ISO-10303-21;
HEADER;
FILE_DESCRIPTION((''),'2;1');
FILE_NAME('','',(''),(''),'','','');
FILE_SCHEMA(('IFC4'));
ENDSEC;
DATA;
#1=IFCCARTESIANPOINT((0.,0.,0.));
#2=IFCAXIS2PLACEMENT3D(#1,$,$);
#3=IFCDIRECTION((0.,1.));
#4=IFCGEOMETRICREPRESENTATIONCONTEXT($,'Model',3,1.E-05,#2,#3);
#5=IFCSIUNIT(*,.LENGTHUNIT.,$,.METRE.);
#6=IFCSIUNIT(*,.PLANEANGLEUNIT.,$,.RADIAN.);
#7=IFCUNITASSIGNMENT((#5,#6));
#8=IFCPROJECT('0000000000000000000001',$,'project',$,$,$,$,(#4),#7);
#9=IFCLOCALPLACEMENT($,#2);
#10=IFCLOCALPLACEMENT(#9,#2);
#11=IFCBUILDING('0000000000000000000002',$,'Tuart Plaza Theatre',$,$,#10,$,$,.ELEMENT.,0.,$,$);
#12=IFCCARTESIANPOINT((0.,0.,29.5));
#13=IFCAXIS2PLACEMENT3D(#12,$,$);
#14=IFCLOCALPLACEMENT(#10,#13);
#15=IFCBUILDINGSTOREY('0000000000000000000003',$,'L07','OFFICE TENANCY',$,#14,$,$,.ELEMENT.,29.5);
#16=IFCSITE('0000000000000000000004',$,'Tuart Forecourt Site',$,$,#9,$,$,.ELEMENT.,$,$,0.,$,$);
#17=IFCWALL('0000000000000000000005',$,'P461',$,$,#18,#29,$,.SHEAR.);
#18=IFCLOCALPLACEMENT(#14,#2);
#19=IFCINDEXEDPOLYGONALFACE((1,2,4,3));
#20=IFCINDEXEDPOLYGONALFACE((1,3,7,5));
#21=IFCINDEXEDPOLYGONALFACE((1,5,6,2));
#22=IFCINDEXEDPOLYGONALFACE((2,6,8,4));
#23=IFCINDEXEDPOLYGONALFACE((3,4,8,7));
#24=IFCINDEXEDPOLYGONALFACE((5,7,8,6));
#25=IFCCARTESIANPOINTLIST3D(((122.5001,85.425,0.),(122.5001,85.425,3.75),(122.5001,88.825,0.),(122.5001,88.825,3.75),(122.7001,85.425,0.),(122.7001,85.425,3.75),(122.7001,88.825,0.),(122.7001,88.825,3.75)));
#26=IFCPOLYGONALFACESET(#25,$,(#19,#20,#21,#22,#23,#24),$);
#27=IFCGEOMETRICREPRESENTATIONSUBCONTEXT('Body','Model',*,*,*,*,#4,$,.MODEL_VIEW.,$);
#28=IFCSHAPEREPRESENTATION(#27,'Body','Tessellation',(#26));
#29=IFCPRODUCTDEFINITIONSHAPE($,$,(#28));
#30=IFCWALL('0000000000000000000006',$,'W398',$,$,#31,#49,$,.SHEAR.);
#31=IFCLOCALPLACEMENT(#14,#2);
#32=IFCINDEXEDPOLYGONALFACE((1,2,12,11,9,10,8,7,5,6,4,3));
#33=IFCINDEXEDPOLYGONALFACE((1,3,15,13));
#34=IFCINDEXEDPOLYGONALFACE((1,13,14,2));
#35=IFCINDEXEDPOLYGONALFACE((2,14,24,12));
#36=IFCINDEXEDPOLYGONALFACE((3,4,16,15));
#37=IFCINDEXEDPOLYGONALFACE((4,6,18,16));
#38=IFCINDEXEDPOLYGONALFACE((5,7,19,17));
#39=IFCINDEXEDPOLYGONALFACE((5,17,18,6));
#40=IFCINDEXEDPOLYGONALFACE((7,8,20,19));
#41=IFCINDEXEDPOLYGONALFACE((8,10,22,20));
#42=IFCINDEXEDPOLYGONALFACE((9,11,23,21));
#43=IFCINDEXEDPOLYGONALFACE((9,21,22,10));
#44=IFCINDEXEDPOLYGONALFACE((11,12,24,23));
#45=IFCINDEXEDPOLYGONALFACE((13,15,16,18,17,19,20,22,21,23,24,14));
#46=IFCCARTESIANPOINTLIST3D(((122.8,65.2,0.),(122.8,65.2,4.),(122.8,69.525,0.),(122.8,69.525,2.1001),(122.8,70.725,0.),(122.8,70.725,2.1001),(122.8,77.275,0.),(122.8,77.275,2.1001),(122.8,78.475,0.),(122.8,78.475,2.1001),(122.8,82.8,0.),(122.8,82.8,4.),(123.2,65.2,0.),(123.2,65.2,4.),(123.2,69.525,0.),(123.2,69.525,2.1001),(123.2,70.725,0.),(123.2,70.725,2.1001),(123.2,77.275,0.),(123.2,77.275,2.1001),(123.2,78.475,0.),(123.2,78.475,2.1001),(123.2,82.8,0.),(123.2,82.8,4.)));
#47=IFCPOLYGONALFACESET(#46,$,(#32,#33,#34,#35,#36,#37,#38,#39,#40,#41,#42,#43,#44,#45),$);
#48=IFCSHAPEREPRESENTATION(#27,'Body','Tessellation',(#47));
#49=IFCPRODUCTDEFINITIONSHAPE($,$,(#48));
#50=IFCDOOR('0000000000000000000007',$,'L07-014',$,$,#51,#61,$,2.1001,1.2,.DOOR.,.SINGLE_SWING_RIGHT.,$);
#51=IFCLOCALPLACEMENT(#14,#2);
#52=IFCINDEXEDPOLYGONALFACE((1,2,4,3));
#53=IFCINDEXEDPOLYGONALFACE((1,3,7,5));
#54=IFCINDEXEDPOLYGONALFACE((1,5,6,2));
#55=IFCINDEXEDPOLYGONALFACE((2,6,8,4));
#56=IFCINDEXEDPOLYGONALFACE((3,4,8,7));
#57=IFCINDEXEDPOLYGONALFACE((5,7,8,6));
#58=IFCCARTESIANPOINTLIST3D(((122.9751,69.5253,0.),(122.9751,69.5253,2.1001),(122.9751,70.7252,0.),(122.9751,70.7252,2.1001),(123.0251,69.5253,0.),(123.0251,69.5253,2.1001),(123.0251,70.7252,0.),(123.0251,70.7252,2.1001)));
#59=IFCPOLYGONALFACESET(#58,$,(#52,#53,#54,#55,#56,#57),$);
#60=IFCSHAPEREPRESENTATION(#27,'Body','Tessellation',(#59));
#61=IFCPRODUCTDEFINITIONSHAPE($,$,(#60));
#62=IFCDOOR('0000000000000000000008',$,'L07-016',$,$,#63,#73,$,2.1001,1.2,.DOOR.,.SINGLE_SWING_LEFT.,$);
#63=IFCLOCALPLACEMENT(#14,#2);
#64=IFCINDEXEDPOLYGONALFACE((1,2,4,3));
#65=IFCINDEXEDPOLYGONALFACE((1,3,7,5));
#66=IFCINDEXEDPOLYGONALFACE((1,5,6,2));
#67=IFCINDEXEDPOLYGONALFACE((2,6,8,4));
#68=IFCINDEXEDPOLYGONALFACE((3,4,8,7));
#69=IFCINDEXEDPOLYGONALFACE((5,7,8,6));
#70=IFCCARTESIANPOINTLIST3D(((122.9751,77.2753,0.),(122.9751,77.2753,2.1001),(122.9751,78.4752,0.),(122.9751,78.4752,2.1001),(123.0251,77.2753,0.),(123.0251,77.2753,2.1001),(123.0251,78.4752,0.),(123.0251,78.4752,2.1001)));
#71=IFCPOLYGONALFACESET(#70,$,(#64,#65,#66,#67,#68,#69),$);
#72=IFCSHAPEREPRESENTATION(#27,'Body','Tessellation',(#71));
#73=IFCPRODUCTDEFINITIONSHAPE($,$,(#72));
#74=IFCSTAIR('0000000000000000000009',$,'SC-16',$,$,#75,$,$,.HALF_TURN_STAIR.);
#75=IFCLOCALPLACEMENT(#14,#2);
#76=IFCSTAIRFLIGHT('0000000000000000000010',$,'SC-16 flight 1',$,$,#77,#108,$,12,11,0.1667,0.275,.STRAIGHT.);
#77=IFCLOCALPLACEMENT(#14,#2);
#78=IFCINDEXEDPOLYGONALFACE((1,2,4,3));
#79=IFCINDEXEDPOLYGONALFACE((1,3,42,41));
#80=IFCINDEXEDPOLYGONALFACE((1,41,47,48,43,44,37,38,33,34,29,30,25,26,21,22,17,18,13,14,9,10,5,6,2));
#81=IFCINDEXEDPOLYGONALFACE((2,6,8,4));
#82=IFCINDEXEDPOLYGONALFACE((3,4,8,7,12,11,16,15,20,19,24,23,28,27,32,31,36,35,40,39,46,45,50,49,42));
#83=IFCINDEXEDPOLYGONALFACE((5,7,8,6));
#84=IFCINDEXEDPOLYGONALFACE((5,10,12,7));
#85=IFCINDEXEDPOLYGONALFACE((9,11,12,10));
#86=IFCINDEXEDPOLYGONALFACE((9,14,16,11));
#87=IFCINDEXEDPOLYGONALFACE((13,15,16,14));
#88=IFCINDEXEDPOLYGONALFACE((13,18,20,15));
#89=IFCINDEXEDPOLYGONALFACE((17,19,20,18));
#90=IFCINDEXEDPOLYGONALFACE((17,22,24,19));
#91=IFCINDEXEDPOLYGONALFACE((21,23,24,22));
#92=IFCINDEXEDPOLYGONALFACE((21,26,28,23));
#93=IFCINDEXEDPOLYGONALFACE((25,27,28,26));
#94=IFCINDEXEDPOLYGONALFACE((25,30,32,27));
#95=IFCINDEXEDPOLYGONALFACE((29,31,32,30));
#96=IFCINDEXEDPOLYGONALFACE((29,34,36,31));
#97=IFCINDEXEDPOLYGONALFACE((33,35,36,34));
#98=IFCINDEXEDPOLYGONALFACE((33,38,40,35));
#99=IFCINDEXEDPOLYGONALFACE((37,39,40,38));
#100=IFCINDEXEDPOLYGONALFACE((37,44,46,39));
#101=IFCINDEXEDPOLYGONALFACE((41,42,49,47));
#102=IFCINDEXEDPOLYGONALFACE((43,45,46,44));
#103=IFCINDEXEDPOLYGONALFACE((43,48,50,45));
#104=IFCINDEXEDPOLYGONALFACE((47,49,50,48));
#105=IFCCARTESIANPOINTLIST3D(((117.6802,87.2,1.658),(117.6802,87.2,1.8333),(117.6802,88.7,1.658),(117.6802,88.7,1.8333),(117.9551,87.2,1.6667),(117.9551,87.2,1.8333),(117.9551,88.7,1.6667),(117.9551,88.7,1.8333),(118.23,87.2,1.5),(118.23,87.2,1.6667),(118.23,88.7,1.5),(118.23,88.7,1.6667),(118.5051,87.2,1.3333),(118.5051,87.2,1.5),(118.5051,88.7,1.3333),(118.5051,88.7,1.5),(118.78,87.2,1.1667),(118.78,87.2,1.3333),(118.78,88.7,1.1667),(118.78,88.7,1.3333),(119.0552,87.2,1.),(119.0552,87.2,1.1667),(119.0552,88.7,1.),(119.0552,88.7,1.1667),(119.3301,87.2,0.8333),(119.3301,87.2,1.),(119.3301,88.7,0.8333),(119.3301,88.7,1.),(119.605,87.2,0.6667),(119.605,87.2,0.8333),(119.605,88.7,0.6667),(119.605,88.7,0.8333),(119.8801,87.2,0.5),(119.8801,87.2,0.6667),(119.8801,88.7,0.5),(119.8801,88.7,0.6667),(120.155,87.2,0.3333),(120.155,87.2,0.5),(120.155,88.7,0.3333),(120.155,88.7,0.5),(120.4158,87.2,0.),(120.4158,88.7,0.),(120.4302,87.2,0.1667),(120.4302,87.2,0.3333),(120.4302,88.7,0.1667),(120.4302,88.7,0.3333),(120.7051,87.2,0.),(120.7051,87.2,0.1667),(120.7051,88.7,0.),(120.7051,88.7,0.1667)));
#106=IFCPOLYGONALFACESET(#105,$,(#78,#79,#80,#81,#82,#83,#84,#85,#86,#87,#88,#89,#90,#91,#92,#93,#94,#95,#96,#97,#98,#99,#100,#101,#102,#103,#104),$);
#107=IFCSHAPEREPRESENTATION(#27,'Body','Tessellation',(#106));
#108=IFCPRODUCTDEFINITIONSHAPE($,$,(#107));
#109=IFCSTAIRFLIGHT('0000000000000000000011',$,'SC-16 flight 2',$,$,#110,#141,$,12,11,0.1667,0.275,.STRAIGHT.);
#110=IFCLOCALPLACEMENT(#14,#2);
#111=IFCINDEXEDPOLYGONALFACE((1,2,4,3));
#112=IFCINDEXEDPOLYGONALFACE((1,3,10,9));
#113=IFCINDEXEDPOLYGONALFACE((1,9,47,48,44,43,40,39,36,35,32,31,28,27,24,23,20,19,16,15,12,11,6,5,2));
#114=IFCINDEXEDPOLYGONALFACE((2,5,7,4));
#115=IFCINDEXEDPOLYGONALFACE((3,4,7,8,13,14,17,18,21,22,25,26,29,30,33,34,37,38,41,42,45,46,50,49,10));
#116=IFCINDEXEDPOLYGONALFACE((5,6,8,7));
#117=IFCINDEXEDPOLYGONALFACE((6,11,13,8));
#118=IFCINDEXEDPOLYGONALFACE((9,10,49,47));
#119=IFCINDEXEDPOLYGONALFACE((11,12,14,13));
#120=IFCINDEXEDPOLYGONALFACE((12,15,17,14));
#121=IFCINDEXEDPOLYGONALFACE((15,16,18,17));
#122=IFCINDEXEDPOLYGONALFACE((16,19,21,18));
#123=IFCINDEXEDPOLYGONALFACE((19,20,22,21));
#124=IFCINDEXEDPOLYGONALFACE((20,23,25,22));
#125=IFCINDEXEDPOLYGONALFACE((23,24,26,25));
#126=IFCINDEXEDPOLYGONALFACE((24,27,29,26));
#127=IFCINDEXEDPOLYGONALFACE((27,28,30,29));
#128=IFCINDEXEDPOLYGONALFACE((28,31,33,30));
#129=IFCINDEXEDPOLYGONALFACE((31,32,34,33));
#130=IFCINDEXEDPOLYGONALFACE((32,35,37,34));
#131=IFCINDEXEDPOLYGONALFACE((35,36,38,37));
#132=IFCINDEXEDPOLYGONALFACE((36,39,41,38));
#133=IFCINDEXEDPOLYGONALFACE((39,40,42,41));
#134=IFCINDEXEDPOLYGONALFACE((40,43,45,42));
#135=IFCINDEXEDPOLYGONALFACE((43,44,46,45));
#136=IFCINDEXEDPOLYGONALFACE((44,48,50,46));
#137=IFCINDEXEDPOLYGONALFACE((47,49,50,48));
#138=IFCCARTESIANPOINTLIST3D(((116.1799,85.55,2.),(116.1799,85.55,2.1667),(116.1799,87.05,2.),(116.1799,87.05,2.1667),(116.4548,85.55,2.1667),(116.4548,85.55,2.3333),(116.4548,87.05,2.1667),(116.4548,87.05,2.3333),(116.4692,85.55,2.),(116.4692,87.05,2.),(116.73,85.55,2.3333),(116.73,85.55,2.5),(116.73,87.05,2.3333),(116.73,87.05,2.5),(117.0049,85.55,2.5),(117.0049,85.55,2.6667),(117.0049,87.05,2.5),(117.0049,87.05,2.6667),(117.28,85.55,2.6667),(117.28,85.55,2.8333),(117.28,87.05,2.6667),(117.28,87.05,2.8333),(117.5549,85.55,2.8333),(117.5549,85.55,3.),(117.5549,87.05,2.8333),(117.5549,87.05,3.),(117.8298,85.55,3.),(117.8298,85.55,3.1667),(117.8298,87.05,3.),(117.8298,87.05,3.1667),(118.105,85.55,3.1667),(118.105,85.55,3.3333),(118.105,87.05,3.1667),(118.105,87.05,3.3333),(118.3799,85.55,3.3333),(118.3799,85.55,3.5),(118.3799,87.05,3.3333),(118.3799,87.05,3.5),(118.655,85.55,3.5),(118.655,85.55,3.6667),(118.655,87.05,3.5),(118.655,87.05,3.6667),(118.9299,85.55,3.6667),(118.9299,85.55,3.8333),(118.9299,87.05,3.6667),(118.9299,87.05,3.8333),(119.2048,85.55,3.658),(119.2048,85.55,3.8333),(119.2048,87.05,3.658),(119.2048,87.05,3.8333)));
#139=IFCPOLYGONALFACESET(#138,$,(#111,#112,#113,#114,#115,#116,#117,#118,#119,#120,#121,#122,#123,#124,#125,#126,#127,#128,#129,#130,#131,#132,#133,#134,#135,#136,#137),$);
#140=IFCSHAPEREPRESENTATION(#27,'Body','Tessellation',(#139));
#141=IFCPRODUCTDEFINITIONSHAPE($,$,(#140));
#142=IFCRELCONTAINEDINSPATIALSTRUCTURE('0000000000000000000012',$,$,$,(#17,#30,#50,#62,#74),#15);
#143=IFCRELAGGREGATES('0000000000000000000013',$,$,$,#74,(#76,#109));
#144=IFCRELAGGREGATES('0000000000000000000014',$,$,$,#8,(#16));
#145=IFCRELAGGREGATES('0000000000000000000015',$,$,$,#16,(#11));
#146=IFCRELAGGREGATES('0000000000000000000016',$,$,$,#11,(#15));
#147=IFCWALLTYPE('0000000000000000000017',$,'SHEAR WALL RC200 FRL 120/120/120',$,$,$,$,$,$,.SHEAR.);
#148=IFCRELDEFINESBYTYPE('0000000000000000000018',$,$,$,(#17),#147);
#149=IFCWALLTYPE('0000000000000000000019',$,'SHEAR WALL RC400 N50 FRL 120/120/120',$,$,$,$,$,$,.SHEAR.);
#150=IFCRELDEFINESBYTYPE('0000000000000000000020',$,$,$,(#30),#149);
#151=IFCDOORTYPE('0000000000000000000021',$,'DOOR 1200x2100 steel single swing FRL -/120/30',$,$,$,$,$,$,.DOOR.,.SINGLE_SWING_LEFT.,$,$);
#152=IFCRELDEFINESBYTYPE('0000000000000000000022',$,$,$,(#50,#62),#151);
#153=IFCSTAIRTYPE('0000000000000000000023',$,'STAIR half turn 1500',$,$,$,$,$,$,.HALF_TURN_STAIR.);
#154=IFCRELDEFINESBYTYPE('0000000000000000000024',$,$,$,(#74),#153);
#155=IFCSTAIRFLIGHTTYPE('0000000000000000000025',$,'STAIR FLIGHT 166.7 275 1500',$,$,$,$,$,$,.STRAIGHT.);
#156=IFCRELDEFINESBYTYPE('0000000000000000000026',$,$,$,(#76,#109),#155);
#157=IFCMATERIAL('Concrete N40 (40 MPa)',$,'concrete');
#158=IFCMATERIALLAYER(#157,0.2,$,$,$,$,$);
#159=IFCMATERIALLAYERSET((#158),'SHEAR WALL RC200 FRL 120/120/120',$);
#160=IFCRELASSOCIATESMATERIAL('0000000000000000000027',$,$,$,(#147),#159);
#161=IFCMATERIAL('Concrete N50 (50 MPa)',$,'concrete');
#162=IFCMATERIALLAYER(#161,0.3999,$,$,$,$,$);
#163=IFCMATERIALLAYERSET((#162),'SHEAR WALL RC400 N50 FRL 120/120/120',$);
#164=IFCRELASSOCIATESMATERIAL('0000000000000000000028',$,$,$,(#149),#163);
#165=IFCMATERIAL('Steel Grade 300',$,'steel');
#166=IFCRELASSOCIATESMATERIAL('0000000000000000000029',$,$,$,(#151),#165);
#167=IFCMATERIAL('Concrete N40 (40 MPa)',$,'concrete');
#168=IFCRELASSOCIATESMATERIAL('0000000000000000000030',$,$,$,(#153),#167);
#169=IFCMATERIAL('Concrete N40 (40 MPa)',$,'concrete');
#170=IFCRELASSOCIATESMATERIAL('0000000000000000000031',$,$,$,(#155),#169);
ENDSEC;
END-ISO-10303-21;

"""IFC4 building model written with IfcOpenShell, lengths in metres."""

from ifc_helpers import new_model, si_unit, direction, frame, frame_2d, origin, place, context, subcontext, project, spatial, polyline, rectangle, outline, extrude, material, layer, layer_set, type_object, element, fill, aggregate, save


model = new_model("IFC4")

# Units and contexts
model_context = context("Model", 3, precision=1e-05, world=origin(), true_north=direction((0.0, 1.0)))
body_context = subcontext(model_context, "Body", "Model", "MODEL_VIEW")
ifc_project = project(units=[si_unit("LENGTHUNIT", "METRE"), si_unit("PLANEANGLEUNIT", "RADIAN")], contexts=[model_context])

# Site, building, storey
site_placement = place(None, origin())
site = spatial("IfcSite", under=ifc_project, at=site_placement, Name="Tuart Forecourt Site", CompositionType="ELEMENT", RefElevation=0.0)
building_placement = place(site_placement, origin())
building = spatial("IfcBuilding", under=site, at=building_placement, Name="Tuart Plaza Theatre", CompositionType="ELEMENT", ElevationOfRefHeight=0.0)
storey_placement = place(building_placement, frame((0.0, 0.0, 29.5)))
storey = spatial("IfcBuildingStorey", under=building, at=storey_placement, Name="L07", Description="OFFICE TENANCY", CompositionType="ELEMENT", Elevation=29.5)

# Shared definitions
ifc_material_1 = material(Name="Concrete N40 (40 MPa)", Category="concrete")
ifc_layer_1 = layer(ifc_material_1, 0.2)
ifc_layer_set_1 = layer_set([ifc_layer_1], Name="SHEAR WALL RC200 FRL 120/120/120")
wall_type_1 = type_object("IfcWallType", Name="SHEAR WALL RC200 FRL 120/120/120", PredefinedType="SHEAR", material=ifc_layer_set_1)

# Wall
wall_1_placement = place(storey_placement, frame((122.6001, 85.425, 0.0), z_axis=(0.0, 0.0, 1.0), x_axis=(0.0, 1.0, 0.0)))
element("IfcWall", 1, at=wall_1_placement, inside=storey, type_object=wall_type_1, Name="P461", PredefinedType="SHEAR", context=body_context, shape_type="SweptSolid", body=[
    extrude(rectangle(XDim=3.3999, YDim=0.2, at=frame_2d((1.7, 0.0))), origin(), (0.0, 0.0, 1.0), 3.75),
])

# Wall, openings, doors
ifc_material_2 = material(Name="Concrete N50 (50 MPa)", Category="concrete")
ifc_layer_2 = layer(ifc_material_2, 0.3999)
ifc_layer_set_2 = layer_set([ifc_layer_2], Name="SHEAR WALL RC400 N50 FRL 120/120/120")
wall_type_2 = type_object("IfcWallType", Name="SHEAR WALL RC400 N50 FRL 120/120/120", PredefinedType="SHEAR", material=ifc_layer_set_2)
wall_2_placement = place(storey_placement, frame((123.0, 82.8, 0.0), z_axis=(0.0, 0.0, 1.0), x_axis=(0.0, -1.0, 0.0)))
wall_2 = element("IfcWall", 2, at=wall_2_placement, inside=storey, type_object=wall_type_2, Name="W398", PredefinedType="SHEAR", context=body_context, shape_type="SweptSolid", body=[
    extrude(rectangle(XDim=17.6001, YDim=0.3999, at=frame_2d((8.8, 0.0))), origin(), (0.0, 0.0, 1.0), 4.0),
])
opening_1_placement = place(wall_2_placement, frame((12.075, 0.0, 0.0)))
opening_1 = element("IfcOpeningElement", 3, at=opening_1_placement, cuts=wall_2, PredefinedType="OPENING", context=body_context, shape_type="SweptSolid", body=[
    extrude(rectangle(XDim=1.2, YDim=2.1001, at=frame_2d((0.6001, 1.05))), frame((0.0, 0.21, 0.0), z_axis=(0.0, -1.0, 0.0), x_axis=(1.0, 0.0, 0.0)), (0.0, 0.0, 1.0), 0.4199),
])
opening_2_placement = place(wall_2_placement, frame((4.325, 0.0, 0.0)))
opening_2 = element("IfcOpeningElement", 4, at=opening_2_placement, cuts=wall_2, PredefinedType="OPENING", context=body_context, shape_type="SweptSolid", body=[
    extrude(rectangle(XDim=1.2, YDim=2.1001, at=frame_2d((0.6001, 1.05))), frame((0.0, 0.21, 0.0), z_axis=(0.0, -1.0, 0.0), x_axis=(1.0, 0.0, 0.0)), (0.0, 0.0, 1.0), 0.4199),
])
ifc_material_3 = material(Name="Steel Grade 300", Category="steel")
door_type_1 = type_object("IfcDoorType", Name="DOOR 1200x2100 steel single swing FRL -/120/30", OperationType="SINGLE_SWING_LEFT", PredefinedType="DOOR", material=ifc_material_3)
door_1_placement = place(opening_1_placement, frame((1.2, 0.0, 0.0), z_axis=(0.0, 0.0, 1.0), x_axis=(-1.0, 0.0, 0.0)))
door_1 = element("IfcDoor", 5, at=door_1_placement, inside=storey, type_object=door_type_1, Name="L07-014", OperationType="SINGLE_SWING_RIGHT", OverallHeight=2.1001, OverallWidth=1.2, PredefinedType="DOOR", context=body_context, shape_type="SweptSolid", body=[
    extrude(rectangle(XDim=1.2, YDim=2.1001, at=frame_2d((0.6001, 1.05))), frame((0.0, 0.0249, 0.0), z_axis=(0.0, -1.0, 0.0), x_axis=(1.0, 0.0, 0.0)), (0.0, 0.0, 1.0), 0.05),
])
fill(opening_1, door_1)
door_2_placement = place(opening_2_placement, frame((1.2, 0.0, 0.0), z_axis=(0.0, 0.0, 1.0), x_axis=(-1.0, 0.0, 0.0)))
door_2 = element("IfcDoor", 6, at=door_2_placement, inside=storey, type_object=door_type_1, Name="L07-016", OperationType="SINGLE_SWING_LEFT", OverallHeight=2.1001, OverallWidth=1.2, PredefinedType="DOOR", context=body_context, shape_type="SweptSolid", body=[
    extrude(rectangle(XDim=1.2, YDim=2.1001, at=frame_2d((0.6001, 1.05))), frame((0.0, 0.0249, 0.0), z_axis=(0.0, -1.0, 0.0), x_axis=(1.0, 0.0, 0.0)), (0.0, 0.0, 1.0), 0.05),
])
fill(opening_2, door_2)

# Stair, stair flights
ifc_material_4 = material(Name="Concrete N40 (40 MPa)", Category="concrete")
stair_type = type_object("IfcStairType", Name="STAIR half turn 1500", PredefinedType="HALF_TURN_STAIR", material=ifc_material_4)
stair_placement = place(storey_placement, origin())
stair = element("IfcStair", 7, at=stair_placement, inside=storey, type_object=stair_type, Name="SC-16", PredefinedType="HALF_TURN_STAIR")
ifc_material_5 = material(Name="Concrete N40 (40 MPa)", Category="concrete")
stair_flight_type = type_object("IfcStairFlightType", Name="STAIR FLIGHT 166.7 275 1500", PredefinedType="STRAIGHT", material=ifc_material_5)
stair_flight_1_placement = place(storey_placement, frame((120.7051, 87.95, 0.0), z_axis=(0.0, 0.0, 1.0), x_axis=(-1.0, 0.0, 0.0)))
stair_flight_1 = element("IfcStairFlight", 8, at=stair_flight_1_placement, type_object=stair_flight_type, Name="SC-16 flight 1", NumberOfRisers=12, NumberOfTreads=11, PredefinedType="STRAIGHT", RiserHeight=0.1667, TreadLength=0.275, context=body_context, shape_type="SweptSolid", body=[
    extrude(outline(polyline([(0.0, 0.0), (0.0, 0.1667), (0.2749, 0.1667), (0.2749, 0.3333), (0.55, 0.3333), (0.55, 0.5), (0.825, 0.5), (0.825, 0.6667), (1.1001, 0.6667), (1.1001, 0.8333), (1.375, 0.8333), (1.375, 1.0), (1.6499, 1.0), (1.6499, 1.1667), (1.925, 1.1667), (1.925, 1.3333), (2.2, 1.3333), (2.2, 1.5), (2.4751, 1.5), (2.4751, 1.6667), (2.75, 1.6667), (2.75, 1.8333), (3.0249, 1.8333), (3.0249, 2.0), (3.0249, 1.658), (0.2893, 0.0), (0.0, 0.0)])), frame((0.0, 0.75, 0.0), z_axis=(0.0, -1.0, 0.0), x_axis=(1.0, 0.0, 0.0)), (0.0, 0.0, 1.0), 1.5),
])
stair_flight_2_placement = place(storey_placement, frame((116.1799, 86.3, 2.0), z_axis=(0.0, 0.0, 1.0), x_axis=(1.0, 0.0, 0.0)))
stair_flight_2 = element("IfcStairFlight", 9, at=stair_flight_2_placement, type_object=stair_flight_type, Name="SC-16 flight 2", NumberOfRisers=12, NumberOfTreads=11, PredefinedType="STRAIGHT", RiserHeight=0.1667, TreadLength=0.275, context=body_context, shape_type="SweptSolid", body=[
    extrude(outline(polyline([(0.0, 0.0), (0.0, 0.1667), (0.2749, 0.1667), (0.2749, 0.3333), (0.55, 0.3333), (0.55, 0.5), (0.825, 0.5), (0.825, 0.6667), (1.1001, 0.6667), (1.1001, 0.8333), (1.375, 0.8333), (1.375, 1.0), (1.6499, 1.0), (1.6499, 1.1667), (1.925, 1.1667), (1.925, 1.3333), (2.2, 1.3333), (2.2, 1.5), (2.4751, 1.5), (2.4751, 1.6667), (2.75, 1.6667), (2.75, 1.8333), (3.0249, 1.8333), (3.0249, 2.0), (3.0249, 1.658), (0.2893, 0.0), (0.0, 0.0)])), frame((0.0, 0.75, 0.0), z_axis=(0.0, -1.0, 0.0), x_axis=(1.0, 0.0, 0.0)), (0.0, 0.0, 1.0), 1.5),
])
aggregate(stair, [stair_flight_1, stair_flight_2])

save(model, "model.ifc")
